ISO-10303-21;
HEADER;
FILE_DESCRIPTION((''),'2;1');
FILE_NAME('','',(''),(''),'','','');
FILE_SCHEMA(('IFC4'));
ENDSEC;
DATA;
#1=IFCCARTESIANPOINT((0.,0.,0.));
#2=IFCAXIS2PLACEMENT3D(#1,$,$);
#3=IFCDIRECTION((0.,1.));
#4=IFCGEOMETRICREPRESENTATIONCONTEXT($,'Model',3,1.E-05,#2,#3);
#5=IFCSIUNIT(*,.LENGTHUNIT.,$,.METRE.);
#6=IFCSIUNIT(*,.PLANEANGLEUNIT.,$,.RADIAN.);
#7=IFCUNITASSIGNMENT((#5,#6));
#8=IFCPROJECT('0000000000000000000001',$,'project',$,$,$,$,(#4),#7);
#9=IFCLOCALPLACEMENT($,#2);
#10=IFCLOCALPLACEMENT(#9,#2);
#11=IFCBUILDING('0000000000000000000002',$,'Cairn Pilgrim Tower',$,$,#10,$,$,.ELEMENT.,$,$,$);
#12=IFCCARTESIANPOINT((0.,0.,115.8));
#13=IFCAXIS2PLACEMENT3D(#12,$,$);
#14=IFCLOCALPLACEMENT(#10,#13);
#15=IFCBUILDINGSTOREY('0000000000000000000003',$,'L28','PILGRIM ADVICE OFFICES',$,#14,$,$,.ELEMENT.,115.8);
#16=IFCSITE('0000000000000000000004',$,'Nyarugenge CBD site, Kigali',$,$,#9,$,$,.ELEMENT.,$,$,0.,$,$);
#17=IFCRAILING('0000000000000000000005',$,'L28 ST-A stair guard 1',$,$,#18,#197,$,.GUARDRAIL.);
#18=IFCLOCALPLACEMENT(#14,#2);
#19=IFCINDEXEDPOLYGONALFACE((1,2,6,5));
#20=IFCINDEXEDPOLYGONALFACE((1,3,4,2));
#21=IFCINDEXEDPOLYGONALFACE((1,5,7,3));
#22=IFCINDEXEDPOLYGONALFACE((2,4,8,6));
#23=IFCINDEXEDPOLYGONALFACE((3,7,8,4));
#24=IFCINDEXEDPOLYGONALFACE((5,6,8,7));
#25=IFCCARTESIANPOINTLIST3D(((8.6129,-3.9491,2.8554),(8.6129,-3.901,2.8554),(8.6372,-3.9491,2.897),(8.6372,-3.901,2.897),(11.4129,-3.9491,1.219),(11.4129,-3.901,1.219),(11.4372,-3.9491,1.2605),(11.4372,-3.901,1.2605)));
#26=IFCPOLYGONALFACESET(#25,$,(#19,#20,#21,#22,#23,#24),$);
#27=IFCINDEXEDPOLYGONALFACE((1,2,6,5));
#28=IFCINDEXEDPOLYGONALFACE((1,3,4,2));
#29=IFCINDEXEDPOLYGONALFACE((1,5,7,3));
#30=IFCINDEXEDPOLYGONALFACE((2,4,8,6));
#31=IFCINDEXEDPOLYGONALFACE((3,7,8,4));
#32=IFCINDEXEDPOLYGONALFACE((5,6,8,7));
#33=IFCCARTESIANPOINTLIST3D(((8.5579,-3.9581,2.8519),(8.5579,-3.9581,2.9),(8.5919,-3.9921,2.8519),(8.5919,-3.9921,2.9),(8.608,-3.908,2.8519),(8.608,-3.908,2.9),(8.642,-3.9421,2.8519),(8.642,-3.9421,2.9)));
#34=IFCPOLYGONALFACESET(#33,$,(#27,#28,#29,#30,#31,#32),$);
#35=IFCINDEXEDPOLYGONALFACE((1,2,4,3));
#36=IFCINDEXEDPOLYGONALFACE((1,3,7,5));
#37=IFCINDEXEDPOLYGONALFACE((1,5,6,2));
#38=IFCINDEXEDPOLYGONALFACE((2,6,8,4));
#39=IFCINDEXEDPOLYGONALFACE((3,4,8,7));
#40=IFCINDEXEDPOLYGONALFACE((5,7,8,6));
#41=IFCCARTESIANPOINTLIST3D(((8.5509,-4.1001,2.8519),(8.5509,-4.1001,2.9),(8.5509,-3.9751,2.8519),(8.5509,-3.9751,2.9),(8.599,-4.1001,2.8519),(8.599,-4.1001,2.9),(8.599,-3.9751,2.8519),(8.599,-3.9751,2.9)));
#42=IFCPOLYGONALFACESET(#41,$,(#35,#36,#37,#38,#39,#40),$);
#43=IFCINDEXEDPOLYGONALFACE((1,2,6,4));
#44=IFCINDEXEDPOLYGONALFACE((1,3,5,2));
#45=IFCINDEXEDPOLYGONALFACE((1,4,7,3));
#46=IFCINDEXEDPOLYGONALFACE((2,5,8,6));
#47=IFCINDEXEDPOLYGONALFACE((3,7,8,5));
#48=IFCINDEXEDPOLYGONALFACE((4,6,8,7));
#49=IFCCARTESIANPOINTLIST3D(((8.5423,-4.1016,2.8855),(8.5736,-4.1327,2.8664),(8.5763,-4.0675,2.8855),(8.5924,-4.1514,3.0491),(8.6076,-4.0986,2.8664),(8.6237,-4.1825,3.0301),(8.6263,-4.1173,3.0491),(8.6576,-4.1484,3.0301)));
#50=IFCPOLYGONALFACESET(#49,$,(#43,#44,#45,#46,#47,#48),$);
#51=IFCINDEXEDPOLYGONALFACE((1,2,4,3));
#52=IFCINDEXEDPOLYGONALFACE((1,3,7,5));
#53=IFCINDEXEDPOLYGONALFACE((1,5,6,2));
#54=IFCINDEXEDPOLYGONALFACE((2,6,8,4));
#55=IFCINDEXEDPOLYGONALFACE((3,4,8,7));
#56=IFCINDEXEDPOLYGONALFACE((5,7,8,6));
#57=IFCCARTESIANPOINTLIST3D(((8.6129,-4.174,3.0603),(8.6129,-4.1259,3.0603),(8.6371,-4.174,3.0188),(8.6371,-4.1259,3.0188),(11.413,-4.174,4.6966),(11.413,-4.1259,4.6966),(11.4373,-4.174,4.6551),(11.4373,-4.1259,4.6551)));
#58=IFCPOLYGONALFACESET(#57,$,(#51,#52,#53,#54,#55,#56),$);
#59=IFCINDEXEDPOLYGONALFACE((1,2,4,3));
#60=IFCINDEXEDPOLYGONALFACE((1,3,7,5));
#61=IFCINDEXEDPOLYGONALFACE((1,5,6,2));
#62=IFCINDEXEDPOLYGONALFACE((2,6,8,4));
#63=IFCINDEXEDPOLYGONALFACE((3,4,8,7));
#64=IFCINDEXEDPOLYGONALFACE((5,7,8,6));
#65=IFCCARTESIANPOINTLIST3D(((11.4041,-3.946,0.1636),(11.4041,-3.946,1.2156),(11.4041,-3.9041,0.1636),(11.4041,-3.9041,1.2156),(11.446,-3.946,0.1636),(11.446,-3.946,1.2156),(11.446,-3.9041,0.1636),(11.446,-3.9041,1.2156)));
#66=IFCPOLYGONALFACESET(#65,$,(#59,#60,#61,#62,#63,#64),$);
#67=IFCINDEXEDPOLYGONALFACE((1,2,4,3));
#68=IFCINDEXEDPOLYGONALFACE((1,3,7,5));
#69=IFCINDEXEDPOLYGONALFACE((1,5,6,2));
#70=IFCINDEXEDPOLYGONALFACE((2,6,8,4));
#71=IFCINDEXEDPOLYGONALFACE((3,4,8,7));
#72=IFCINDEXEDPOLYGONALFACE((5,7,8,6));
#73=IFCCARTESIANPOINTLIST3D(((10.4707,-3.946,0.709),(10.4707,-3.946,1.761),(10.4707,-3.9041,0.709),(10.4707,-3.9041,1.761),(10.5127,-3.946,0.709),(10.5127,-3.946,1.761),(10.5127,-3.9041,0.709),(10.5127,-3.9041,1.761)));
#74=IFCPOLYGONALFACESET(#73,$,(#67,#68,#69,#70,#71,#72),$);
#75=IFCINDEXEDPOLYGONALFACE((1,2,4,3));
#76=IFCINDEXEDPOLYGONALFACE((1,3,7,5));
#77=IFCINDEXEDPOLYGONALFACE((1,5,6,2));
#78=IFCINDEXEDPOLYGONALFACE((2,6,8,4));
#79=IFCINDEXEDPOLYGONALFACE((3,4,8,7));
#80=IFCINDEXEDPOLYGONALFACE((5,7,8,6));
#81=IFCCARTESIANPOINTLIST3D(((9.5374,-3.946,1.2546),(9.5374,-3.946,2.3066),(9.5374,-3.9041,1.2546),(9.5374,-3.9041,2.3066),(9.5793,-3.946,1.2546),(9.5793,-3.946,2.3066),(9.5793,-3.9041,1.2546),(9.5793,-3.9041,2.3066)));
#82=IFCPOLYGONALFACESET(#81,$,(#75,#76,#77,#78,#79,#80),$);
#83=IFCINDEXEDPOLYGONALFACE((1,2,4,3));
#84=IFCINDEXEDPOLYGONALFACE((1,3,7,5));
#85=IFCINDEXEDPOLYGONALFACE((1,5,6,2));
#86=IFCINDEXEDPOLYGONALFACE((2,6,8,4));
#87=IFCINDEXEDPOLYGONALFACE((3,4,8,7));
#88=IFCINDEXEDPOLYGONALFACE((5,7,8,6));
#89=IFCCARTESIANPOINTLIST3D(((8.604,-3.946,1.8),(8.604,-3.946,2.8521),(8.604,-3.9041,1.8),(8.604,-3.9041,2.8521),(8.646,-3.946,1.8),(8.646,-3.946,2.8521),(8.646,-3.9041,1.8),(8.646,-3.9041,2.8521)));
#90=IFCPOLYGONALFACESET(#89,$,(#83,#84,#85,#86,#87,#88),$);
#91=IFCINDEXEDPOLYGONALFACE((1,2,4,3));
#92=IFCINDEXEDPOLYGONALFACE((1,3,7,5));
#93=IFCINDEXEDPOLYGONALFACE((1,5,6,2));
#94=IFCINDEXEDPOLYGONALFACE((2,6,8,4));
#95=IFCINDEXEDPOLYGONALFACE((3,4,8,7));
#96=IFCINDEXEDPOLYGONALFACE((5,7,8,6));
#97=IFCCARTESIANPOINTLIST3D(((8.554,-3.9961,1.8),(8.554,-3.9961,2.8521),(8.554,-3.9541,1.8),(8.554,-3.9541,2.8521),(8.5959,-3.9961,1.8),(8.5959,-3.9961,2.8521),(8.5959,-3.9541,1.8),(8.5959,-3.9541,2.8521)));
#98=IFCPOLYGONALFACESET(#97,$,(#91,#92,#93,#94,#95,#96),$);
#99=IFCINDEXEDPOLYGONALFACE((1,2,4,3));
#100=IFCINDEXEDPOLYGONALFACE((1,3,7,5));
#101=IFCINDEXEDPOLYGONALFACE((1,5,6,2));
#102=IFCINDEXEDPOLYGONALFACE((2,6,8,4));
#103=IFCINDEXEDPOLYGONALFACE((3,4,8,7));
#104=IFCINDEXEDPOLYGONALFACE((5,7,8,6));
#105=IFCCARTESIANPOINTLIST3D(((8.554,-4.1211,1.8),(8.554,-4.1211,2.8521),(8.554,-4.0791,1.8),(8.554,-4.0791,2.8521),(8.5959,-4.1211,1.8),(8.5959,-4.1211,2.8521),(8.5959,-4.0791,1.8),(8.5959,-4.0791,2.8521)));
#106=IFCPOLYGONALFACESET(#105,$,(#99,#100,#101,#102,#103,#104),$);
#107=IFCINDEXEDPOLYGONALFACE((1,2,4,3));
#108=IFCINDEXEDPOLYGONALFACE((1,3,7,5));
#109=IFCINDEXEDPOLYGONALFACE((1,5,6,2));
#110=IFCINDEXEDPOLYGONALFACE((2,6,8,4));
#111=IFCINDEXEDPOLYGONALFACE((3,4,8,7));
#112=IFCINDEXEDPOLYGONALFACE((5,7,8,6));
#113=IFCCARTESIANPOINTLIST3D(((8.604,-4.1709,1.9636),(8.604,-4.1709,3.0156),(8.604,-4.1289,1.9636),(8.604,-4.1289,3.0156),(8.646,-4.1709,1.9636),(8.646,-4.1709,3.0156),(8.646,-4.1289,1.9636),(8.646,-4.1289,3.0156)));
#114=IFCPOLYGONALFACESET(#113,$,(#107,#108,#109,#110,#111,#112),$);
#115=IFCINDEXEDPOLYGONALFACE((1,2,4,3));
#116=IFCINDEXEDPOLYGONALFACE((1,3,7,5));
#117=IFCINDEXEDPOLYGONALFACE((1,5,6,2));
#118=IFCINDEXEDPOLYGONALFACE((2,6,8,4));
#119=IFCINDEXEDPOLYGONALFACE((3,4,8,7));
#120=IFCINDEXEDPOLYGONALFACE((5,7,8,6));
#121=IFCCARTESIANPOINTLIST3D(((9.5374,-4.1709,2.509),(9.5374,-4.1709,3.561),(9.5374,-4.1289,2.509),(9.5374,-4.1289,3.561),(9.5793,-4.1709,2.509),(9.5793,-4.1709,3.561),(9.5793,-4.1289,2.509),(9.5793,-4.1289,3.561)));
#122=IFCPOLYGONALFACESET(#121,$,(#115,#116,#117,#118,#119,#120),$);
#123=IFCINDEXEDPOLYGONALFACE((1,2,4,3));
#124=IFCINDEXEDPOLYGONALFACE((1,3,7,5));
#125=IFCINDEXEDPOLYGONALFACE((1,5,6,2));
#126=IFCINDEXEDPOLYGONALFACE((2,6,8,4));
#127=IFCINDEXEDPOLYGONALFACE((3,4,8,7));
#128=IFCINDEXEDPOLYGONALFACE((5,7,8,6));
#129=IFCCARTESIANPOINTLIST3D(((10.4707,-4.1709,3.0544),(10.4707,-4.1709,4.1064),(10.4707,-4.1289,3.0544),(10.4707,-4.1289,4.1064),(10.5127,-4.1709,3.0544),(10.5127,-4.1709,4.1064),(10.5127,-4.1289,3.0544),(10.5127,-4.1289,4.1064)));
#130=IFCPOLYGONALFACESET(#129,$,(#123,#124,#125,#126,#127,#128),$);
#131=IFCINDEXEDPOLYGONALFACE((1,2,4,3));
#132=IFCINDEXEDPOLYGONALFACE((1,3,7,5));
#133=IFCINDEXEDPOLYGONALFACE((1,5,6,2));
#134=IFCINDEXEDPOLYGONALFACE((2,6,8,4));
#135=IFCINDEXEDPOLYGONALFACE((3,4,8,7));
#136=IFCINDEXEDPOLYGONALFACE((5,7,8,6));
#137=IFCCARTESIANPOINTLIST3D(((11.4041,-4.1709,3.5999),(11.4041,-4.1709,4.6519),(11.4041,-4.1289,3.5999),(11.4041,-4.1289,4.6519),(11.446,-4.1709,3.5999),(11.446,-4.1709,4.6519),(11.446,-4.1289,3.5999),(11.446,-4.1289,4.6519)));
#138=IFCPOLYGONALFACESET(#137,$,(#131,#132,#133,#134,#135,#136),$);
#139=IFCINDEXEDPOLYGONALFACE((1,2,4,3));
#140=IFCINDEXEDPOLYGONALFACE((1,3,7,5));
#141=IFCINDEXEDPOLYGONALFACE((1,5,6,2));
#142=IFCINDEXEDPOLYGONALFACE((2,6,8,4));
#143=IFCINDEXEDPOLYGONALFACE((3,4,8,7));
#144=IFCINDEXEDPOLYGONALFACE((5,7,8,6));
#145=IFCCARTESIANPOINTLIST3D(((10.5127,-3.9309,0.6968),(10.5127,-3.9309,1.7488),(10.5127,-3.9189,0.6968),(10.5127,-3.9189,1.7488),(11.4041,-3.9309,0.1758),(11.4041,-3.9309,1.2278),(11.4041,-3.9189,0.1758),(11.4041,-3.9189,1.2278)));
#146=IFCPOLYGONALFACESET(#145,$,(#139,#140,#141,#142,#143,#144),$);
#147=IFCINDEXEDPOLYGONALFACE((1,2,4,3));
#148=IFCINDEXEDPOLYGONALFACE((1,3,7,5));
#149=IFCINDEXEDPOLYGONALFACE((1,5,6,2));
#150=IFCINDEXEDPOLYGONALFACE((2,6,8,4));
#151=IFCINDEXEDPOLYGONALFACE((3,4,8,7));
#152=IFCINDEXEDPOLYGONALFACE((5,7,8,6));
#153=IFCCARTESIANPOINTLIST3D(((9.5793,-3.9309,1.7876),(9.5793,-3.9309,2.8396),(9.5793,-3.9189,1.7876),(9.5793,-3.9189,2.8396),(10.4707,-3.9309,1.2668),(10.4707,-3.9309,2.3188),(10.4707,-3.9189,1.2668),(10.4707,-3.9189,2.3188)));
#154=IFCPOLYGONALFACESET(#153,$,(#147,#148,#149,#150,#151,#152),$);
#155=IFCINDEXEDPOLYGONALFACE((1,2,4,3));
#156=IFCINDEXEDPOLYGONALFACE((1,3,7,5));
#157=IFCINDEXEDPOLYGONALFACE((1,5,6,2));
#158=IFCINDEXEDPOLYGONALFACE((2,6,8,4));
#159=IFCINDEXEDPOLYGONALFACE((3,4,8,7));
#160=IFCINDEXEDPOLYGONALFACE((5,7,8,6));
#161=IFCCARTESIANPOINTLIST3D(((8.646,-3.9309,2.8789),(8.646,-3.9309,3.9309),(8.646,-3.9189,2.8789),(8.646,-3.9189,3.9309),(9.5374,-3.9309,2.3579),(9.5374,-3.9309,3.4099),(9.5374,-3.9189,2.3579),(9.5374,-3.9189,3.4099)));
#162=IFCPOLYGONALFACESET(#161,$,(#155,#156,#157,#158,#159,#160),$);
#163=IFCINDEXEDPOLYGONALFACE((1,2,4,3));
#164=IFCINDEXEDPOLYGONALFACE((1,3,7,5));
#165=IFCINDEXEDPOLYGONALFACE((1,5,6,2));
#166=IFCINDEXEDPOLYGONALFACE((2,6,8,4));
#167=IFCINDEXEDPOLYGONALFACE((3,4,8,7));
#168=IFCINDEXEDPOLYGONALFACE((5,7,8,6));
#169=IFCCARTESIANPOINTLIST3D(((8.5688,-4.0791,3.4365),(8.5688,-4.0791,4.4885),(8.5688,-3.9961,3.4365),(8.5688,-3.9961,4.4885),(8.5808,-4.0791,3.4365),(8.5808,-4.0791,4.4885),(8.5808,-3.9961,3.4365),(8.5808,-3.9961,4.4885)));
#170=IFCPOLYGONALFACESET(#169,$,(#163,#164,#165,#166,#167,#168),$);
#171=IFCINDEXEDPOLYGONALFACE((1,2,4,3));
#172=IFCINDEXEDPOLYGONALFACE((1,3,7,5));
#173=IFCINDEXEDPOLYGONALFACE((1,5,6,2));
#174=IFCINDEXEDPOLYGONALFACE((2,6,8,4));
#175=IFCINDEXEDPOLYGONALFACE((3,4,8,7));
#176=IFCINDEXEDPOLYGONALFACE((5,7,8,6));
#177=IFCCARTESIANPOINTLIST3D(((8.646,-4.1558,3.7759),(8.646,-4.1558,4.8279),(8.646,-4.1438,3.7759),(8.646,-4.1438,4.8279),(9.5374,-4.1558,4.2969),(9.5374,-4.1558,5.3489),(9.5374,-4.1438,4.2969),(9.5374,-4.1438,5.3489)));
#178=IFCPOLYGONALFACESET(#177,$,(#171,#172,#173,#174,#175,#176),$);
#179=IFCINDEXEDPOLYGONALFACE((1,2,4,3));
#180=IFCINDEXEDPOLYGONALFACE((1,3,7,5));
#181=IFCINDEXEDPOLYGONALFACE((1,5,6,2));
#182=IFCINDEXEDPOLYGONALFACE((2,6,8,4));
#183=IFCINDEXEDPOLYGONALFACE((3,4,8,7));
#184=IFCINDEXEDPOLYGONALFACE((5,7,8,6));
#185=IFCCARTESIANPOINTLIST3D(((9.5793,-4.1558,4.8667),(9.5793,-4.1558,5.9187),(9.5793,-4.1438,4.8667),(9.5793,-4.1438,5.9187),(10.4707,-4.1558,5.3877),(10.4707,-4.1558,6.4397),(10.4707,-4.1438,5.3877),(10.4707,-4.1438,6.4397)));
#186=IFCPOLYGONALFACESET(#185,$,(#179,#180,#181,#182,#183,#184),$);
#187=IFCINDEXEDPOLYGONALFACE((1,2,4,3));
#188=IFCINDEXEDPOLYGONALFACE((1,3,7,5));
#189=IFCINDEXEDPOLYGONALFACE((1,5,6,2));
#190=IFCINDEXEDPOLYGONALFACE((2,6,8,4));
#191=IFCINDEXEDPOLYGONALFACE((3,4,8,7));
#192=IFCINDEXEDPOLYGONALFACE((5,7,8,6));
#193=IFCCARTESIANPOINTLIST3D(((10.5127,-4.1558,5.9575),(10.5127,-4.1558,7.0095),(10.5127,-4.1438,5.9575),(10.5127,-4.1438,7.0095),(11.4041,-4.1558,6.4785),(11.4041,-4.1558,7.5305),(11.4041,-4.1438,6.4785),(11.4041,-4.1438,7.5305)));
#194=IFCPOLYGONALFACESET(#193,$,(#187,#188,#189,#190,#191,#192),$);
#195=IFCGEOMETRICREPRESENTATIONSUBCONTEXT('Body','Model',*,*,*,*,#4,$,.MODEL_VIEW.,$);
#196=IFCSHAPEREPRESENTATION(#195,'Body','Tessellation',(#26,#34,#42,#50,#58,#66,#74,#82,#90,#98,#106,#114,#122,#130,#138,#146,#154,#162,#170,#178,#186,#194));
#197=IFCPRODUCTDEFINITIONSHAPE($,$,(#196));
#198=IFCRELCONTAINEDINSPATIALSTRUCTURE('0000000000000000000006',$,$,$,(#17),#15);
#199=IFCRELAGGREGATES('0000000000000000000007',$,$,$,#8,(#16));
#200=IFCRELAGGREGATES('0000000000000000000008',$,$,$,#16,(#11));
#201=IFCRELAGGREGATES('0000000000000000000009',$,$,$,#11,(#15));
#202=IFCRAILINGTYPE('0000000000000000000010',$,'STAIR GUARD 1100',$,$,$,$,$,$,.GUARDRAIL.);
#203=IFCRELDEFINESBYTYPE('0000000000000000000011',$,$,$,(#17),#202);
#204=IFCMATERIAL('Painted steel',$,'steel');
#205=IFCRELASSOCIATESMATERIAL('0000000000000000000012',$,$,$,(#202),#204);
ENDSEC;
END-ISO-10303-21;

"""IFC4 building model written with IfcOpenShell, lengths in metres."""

from ifc_helpers import new_model, si_unit, direction, frame, origin, origin_2d, place, context, subcontext, project, spatial, polyline, rectangle, outline, extrude, material, type_object, element, save


model = new_model("IFC4")

# Units and contexts
model_context = context("Model", 3, precision=1e-05, world=origin(), true_north=direction((0.0, 1.0)))
body_context = subcontext(model_context, "Body", "Model", "MODEL_VIEW")
ifc_project = project(units=[si_unit("LENGTHUNIT", "METRE"), si_unit("PLANEANGLEUNIT", "RADIAN")], contexts=[model_context])

# Site, building, storey
site_placement = place(None, origin())
site = spatial("IfcSite", under=ifc_project, at=site_placement, Name="Nyarugenge CBD site, Kigali", CompositionType="ELEMENT", RefElevation=0.0)
building_placement = place(site_placement, origin())
building = spatial("IfcBuilding", under=site, at=building_placement, Name="Cairn Pilgrim Tower", CompositionType="ELEMENT")
storey_placement = place(building_placement, frame((0.0, 0.0, 115.8)))
storey = spatial("IfcBuildingStorey", under=building, at=storey_placement, Name="L28", Description="PILGRIM ADVICE OFFICES", CompositionType="ELEMENT", Elevation=115.8)

# Shared definitions
ifc_material_1 = material(Name="Painted steel", Category="steel")

# Railing
railing_type_1 = type_object("IfcRailingType", Name="STAIR GUARD 1100", PredefinedType="GUARDRAIL", material=ifc_material_1)
railing_1_placement = place(storey_placement, frame((11.425, -3.925, 0.1636)))
element("IfcRailing", 1, at=railing_1_placement, inside=storey, type_object=railing_type_1, Name="L28 ST-A stair guard 1", PredefinedType="GUARDRAIL", context=body_context, shape_type="SweptSolid", body=[
    extrude(rectangle(XDim=0.0481, YDim=0.0481, at=origin_2d()), frame((0.0, 0.0, 1.0762), z_axis=(-0.863361, 0.0, 0.504587), x_axis=(0.0, -1.0, 0.0)), (0.0, 0.0, 1.0), 3.2432),
    extrude(rectangle(XDim=0.0481, YDim=0.0481, at=origin_2d()), frame((-2.8, 0.0, 2.7124), z_axis=(-0.707107, -0.707107, 0.0), x_axis=(0.707107, -0.707107, 0.0)), (0.0, 0.0, 1.0), 0.0708),
    extrude(rectangle(XDim=0.0481, YDim=0.0481, at=origin_2d()), frame((-2.8501, -0.05, 2.7124), z_axis=(0.0, -1.0, 0.0), x_axis=(1.0, 0.0, 0.0)), (0.0, 0.0, 1.0), 0.125),
    extrude(rectangle(XDim=0.0481, YDim=0.0481, at=origin_2d()), frame((-2.8501, -0.175, 2.7124), z_axis=(0.280917, -0.279546, 0.918118), x_axis=(0.705376, 0.708834, 0.0)), (0.0, 0.0, 1.0), 0.1782),
    extrude(rectangle(XDim=0.0481, YDim=0.0481, at=origin_2d()), frame((-2.8, -0.2249, 2.876), z_axis=(0.863394, 0.0, 0.504531), x_axis=(0.0, 1.0, 0.0)), (0.0, 0.0, 1.0), 3.2432),
    extrude(rectangle(XDim=0.042, YDim=0.042, at=origin_2d()), origin(), (0.0, 0.0, 1.0), 1.052),
    extrude(rectangle(XDim=0.042, YDim=0.042, at=origin_2d()), frame((-0.9333, 0.0, 0.5454)), (0.0, 0.0, 1.0), 1.052),
    extrude(rectangle(XDim=0.042, YDim=0.042, at=origin_2d()), frame((-1.8667, 0.0, 1.0911)), (0.0, 0.0, 1.0), 1.052),
    extrude(rectangle(XDim=0.042, YDim=0.042, at=origin_2d()), frame((-2.8, 0.0, 1.6365)), (0.0, 0.0, 1.0), 1.052),
    extrude(rectangle(XDim=0.042, YDim=0.042, at=origin_2d()), frame((-2.8501, -0.05, 1.6365)), (0.0, 0.0, 1.0), 1.052),
    extrude(rectangle(XDim=0.042, YDim=0.042, at=origin_2d()), frame((-2.8501, -0.175, 1.6365)), (0.0, 0.0, 1.0), 1.052),
    extrude(rectangle(XDim=0.042, YDim=0.042, at=origin_2d()), frame((-2.8, -0.2249, 1.8)), (0.0, 0.0, 1.0), 1.052),
    extrude(rectangle(XDim=0.042, YDim=0.042, at=origin_2d()), frame((-1.8667, -0.2249, 2.3455)), (0.0, 0.0, 1.0), 1.052),
    extrude(rectangle(XDim=0.042, YDim=0.042, at=origin_2d()), frame((-0.9333, -0.2249, 2.8909)), (0.0, 0.0, 1.0), 1.052),
    extrude(rectangle(XDim=0.042, YDim=0.042, at=origin_2d()), frame((0.0, -0.2249, 3.4363)), (0.0, 0.0, 1.0), 1.052),
    extrude(outline(polyline([(0.021, 0.0122), (0.9124, 0.5332), (0.9124, 1.5852), (0.021, 1.0642), (0.021, 0.0122)])), frame((0.0, -0.0059, 0.0), z_axis=(0.0, 1.0, 0.0), x_axis=(-1.0, 0.0, 0.0)), (0.0, 0.0, 1.0), 0.012),
    extrude(outline(polyline([(0.021, 0.5579), (0.9124, 1.0786), (0.9124, 2.1306), (0.021, 1.6099), (0.021, 0.5579)])), frame((-0.9333, -0.0059, 0.5454), z_axis=(0.0, 1.0, 0.0), x_axis=(-1.0, 0.0, 0.0)), (0.0, 0.0, 1.0), 0.012),
    extrude(outline(polyline([(0.021, 1.1033), (0.9124, 1.6243), (0.9124, 2.6763), (0.021, 2.1553), (0.021, 1.1033)])), frame((-1.8667, -0.0059, 1.0911), z_axis=(0.0, 1.0, 0.0), x_axis=(-1.0, 0.0, 0.0)), (0.0, 0.0, 1.0), 0.012),
    extrude(outline(polyline([(0.021, 1.6365), (0.104, 1.6365), (0.104, 2.6885), (0.021, 2.6885), (0.021, 1.6365)])), frame((-2.8442, -0.05, 1.6365), z_axis=(-1.0, 0.0, 0.0), x_axis=(0.0, -1.0, 0.0)), (0.0, 0.0, 1.0), 0.012),
    extrude(outline(polyline([(0.021, 1.8123), (0.9124, 2.3333), (0.9124, 3.3853), (0.021, 2.8643), (0.021, 1.8123)])), frame((-2.8, -0.2188, 1.8), z_axis=(0.0, -1.0, 0.0), x_axis=(1.0, 0.0, 0.0)), (0.0, 0.0, 1.0), 0.012),
    extrude(outline(polyline([(0.021, 2.3577), (0.9124, 2.8787), (0.9124, 3.9307), (0.021, 3.4097), (0.021, 2.3577)])), frame((-1.8667, -0.2188, 2.3455), z_axis=(0.0, -1.0, 0.0), x_axis=(1.0, 0.0, 0.0)), (0.0, 0.0, 1.0), 0.012),
    extrude(outline(polyline([(0.021, 2.9031), (0.9124, 3.4241), (0.9124, 4.4761), (0.021, 3.9551), (0.021, 2.9031)])), frame((-0.9333, -0.2188, 2.8909), z_axis=(0.0, -1.0, 0.0), x_axis=(1.0, 0.0, 0.0)), (0.0, 0.0, 1.0), 0.012),
])

save(model, "model.ifc")
